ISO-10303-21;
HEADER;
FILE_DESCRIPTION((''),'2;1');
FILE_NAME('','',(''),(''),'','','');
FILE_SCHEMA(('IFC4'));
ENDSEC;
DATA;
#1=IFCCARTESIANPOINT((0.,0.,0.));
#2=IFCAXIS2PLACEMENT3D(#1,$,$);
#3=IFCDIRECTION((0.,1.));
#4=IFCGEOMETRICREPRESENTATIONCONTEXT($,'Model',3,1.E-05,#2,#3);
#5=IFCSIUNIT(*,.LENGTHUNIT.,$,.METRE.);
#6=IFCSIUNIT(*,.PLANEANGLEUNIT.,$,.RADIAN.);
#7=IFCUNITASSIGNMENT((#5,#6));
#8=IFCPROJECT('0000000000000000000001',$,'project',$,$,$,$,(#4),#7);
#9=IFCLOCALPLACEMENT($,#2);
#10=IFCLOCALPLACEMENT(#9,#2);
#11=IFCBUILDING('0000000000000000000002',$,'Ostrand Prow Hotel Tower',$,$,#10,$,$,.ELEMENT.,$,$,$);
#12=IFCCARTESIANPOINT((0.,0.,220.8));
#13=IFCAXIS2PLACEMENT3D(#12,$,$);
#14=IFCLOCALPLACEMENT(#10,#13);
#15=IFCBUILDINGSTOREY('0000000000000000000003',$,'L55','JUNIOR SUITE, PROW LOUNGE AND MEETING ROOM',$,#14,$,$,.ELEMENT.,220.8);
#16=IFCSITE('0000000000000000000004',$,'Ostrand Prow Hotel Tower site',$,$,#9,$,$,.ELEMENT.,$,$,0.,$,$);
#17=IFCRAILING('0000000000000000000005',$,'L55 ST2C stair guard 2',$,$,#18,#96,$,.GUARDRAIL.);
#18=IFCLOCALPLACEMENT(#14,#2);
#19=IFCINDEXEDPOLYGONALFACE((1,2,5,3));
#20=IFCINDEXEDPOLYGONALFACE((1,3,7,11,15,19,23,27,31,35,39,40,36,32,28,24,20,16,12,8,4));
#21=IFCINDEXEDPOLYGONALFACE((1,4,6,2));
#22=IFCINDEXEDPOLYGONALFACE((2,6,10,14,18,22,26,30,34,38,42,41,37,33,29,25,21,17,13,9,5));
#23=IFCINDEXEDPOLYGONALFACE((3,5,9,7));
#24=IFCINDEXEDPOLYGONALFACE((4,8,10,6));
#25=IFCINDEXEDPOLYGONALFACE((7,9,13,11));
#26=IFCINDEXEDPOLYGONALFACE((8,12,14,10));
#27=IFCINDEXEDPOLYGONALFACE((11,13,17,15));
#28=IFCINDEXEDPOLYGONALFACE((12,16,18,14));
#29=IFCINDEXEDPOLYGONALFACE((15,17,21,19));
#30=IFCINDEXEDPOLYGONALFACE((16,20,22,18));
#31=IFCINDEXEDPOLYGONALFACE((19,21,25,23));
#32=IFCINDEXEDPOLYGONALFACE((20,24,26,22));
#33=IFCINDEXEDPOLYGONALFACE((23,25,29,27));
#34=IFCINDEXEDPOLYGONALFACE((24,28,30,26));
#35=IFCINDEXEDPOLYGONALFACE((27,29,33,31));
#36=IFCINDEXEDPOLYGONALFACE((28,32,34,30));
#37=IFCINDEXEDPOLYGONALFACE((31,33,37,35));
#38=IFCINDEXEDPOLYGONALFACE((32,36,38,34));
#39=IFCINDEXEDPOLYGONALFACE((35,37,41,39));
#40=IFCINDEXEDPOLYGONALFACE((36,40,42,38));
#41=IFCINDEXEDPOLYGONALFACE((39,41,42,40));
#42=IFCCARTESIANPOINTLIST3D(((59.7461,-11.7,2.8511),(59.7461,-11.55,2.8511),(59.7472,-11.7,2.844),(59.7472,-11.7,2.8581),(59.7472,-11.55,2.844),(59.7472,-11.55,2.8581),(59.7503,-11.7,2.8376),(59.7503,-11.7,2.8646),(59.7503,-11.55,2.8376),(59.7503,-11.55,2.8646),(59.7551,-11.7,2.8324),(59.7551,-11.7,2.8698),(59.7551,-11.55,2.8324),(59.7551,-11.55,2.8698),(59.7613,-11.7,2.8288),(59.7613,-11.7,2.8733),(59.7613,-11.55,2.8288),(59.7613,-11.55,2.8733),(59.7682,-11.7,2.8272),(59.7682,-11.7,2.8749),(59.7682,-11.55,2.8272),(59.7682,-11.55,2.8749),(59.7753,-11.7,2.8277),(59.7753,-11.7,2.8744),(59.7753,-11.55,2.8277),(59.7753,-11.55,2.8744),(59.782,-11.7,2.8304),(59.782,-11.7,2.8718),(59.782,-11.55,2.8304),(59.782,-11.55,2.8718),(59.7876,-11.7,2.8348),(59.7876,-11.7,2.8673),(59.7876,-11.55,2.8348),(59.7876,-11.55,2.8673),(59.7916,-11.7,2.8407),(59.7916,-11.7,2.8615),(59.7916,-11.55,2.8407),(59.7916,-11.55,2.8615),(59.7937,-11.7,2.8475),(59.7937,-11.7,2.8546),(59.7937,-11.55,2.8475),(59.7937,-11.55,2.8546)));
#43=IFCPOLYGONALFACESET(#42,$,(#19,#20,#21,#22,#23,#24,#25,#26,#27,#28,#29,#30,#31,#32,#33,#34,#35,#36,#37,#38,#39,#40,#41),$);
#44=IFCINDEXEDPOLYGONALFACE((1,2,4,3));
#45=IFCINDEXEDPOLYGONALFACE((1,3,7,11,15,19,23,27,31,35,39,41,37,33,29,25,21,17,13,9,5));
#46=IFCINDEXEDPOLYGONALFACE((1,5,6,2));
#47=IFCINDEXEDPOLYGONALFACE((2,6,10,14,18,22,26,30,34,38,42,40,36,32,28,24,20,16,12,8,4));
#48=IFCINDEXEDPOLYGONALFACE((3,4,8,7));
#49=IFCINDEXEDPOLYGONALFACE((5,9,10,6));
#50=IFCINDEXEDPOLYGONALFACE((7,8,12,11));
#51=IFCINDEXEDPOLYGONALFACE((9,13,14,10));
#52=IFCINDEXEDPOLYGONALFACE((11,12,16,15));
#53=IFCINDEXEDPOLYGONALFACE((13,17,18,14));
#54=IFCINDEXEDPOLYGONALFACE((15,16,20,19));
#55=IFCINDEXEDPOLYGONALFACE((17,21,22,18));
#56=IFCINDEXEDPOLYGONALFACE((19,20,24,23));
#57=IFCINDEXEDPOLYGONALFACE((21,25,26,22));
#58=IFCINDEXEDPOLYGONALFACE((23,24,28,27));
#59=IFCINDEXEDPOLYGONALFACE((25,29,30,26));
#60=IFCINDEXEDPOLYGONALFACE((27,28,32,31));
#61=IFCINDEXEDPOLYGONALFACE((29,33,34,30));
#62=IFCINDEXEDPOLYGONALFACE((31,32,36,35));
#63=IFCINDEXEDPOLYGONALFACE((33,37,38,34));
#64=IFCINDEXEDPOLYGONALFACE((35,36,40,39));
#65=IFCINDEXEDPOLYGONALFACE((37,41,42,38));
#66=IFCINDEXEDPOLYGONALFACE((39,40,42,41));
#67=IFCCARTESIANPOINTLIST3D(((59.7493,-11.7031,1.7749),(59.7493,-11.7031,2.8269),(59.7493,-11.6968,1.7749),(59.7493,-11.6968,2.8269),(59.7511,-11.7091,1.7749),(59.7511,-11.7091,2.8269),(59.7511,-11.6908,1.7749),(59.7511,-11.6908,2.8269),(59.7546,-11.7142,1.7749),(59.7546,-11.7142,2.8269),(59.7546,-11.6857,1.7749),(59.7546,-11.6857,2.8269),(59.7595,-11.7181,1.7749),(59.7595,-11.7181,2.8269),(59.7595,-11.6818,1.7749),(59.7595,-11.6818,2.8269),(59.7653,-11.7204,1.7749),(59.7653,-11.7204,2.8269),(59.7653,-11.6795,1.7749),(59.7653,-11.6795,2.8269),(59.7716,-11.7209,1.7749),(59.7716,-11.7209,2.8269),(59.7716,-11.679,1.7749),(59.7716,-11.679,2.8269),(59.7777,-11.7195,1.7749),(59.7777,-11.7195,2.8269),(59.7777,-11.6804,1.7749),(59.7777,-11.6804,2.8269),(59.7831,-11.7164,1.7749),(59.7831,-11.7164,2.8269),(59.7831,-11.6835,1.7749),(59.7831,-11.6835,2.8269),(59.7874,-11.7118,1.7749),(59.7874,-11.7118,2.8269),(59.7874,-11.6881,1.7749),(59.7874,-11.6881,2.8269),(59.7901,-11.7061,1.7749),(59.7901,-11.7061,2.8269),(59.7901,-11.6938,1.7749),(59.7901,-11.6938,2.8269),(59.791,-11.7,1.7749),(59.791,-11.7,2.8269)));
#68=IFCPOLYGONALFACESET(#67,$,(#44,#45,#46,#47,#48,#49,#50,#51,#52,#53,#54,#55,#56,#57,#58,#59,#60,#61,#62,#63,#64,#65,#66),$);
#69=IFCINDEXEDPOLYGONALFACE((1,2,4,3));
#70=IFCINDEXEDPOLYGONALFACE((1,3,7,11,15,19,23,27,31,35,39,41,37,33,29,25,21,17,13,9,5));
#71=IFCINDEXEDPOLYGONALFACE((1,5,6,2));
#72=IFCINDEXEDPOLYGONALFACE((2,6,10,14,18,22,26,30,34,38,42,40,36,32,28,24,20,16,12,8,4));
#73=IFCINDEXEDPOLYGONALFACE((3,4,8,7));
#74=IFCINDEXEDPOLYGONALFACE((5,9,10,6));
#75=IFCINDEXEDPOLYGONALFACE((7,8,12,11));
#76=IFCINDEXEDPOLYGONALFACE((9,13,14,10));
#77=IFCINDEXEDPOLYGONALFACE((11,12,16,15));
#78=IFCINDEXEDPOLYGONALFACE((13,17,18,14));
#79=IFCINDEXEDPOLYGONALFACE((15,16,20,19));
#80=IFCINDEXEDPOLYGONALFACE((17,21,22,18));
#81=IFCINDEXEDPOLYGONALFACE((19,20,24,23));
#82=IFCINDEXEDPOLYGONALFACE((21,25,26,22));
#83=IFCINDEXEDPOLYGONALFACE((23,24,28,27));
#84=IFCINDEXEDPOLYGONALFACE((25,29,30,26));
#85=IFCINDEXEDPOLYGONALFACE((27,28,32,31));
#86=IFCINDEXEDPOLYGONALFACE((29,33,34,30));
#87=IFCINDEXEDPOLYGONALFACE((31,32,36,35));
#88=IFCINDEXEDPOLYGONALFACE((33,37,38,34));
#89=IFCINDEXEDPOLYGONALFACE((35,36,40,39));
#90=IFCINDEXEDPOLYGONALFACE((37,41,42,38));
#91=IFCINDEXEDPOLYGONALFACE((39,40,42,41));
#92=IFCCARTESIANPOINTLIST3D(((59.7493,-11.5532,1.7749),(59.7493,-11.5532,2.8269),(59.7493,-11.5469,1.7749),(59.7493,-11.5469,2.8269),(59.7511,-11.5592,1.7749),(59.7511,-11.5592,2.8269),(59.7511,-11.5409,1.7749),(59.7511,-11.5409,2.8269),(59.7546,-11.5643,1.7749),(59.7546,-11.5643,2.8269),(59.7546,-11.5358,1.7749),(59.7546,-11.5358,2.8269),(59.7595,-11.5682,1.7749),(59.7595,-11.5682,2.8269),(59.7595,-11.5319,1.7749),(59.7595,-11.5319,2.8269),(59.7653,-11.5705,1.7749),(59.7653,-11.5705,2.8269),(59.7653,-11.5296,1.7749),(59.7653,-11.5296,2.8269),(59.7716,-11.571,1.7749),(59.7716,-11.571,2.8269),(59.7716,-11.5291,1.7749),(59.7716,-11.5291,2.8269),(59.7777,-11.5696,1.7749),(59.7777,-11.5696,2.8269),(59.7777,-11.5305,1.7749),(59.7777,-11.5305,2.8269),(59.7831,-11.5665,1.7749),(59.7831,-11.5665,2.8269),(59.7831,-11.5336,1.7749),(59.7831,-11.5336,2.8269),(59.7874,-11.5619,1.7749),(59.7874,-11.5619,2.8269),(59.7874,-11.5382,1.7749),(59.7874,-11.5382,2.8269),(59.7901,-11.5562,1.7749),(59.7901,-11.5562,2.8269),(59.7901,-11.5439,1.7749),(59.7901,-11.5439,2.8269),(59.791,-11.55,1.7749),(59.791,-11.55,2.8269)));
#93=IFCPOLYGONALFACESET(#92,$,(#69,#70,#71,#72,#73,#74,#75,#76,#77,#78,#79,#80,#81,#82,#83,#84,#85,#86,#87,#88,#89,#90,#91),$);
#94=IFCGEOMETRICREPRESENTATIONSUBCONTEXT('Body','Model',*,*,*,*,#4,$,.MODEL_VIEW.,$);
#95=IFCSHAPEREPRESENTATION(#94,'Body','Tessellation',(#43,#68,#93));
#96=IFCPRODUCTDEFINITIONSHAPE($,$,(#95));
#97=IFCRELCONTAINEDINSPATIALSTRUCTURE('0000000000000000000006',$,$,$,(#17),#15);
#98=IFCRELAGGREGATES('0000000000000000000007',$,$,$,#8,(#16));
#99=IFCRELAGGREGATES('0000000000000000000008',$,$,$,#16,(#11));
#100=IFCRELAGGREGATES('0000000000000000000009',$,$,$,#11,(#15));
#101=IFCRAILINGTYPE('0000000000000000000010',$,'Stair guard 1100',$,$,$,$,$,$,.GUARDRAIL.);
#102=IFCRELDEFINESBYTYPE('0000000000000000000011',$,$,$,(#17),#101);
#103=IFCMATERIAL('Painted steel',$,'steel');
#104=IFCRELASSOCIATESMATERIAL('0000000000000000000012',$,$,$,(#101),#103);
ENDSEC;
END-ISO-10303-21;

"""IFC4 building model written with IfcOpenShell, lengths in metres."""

from ifc_helpers import new_model, si_unit, direction, frame, origin, origin_2d, place, context, subcontext, project, spatial, circle, extrude, material, type_object, element, save


model = new_model("IFC4")

# Units and contexts
model_context = context("Model", 3, precision=1e-05, world=origin(), true_north=direction((0.0, 1.0)))
body_context = subcontext(model_context, "Body", "Model", "MODEL_VIEW")
ifc_project = project(units=[si_unit("LENGTHUNIT", "METRE"), si_unit("PLANEANGLEUNIT", "RADIAN")], contexts=[model_context])

# Site, building, storey
site_placement = place(None, origin())
site = spatial("IfcSite", under=ifc_project, at=site_placement, Name="Ostrand Prow Hotel Tower site", CompositionType="ELEMENT", RefElevation=0.0)
building_placement = place(site_placement, origin())
building = spatial("IfcBuilding", under=site, at=building_placement, Name="Ostrand Prow Hotel Tower", CompositionType="ELEMENT")
storey_placement = place(building_placement, frame((0.0, 0.0, 220.8)))
storey = spatial("IfcBuildingStorey", under=building, at=storey_placement, Name="L55", Description="JUNIOR SUITE, PROW LOUNGE AND MEETING ROOM", CompositionType="ELEMENT", Elevation=220.8)

# Railing
ifc_material_1 = material(Name="Painted steel", Category="steel")
railing_type_1 = type_object("IfcRailingType", Name="Stair guard 1100", PredefinedType="GUARDRAIL", material=ifc_material_1)
railing_1_placement = place(storey_placement, frame((59.77, -11.7, 1.7749)))
element("IfcRailing", 1, at=railing_1_placement, inside=storey, type_object=railing_type_1, Name="L55 ST2C stair guard 2", PredefinedType="GUARDRAIL", context=body_context, shape_type="SweptSolid", body=[
    extrude(circle(Radius=0.0239, at=origin_2d()), frame((0.0, 0.0, 1.0762), z_axis=(0.0, 1.0, 0.0), x_axis=(-1.0, 0.0, 0.0)), (0.0, 0.0, 1.0), 0.1499),
    extrude(circle(Radius=0.021, at=origin_2d()), origin(), (0.0, 0.0, 1.0), 1.052),
    extrude(circle(Radius=0.021, at=origin_2d()), frame((0.0, 0.1499, 0.0)), (0.0, 0.0, 1.0), 1.052),
])

save(model, "model.ifc")
